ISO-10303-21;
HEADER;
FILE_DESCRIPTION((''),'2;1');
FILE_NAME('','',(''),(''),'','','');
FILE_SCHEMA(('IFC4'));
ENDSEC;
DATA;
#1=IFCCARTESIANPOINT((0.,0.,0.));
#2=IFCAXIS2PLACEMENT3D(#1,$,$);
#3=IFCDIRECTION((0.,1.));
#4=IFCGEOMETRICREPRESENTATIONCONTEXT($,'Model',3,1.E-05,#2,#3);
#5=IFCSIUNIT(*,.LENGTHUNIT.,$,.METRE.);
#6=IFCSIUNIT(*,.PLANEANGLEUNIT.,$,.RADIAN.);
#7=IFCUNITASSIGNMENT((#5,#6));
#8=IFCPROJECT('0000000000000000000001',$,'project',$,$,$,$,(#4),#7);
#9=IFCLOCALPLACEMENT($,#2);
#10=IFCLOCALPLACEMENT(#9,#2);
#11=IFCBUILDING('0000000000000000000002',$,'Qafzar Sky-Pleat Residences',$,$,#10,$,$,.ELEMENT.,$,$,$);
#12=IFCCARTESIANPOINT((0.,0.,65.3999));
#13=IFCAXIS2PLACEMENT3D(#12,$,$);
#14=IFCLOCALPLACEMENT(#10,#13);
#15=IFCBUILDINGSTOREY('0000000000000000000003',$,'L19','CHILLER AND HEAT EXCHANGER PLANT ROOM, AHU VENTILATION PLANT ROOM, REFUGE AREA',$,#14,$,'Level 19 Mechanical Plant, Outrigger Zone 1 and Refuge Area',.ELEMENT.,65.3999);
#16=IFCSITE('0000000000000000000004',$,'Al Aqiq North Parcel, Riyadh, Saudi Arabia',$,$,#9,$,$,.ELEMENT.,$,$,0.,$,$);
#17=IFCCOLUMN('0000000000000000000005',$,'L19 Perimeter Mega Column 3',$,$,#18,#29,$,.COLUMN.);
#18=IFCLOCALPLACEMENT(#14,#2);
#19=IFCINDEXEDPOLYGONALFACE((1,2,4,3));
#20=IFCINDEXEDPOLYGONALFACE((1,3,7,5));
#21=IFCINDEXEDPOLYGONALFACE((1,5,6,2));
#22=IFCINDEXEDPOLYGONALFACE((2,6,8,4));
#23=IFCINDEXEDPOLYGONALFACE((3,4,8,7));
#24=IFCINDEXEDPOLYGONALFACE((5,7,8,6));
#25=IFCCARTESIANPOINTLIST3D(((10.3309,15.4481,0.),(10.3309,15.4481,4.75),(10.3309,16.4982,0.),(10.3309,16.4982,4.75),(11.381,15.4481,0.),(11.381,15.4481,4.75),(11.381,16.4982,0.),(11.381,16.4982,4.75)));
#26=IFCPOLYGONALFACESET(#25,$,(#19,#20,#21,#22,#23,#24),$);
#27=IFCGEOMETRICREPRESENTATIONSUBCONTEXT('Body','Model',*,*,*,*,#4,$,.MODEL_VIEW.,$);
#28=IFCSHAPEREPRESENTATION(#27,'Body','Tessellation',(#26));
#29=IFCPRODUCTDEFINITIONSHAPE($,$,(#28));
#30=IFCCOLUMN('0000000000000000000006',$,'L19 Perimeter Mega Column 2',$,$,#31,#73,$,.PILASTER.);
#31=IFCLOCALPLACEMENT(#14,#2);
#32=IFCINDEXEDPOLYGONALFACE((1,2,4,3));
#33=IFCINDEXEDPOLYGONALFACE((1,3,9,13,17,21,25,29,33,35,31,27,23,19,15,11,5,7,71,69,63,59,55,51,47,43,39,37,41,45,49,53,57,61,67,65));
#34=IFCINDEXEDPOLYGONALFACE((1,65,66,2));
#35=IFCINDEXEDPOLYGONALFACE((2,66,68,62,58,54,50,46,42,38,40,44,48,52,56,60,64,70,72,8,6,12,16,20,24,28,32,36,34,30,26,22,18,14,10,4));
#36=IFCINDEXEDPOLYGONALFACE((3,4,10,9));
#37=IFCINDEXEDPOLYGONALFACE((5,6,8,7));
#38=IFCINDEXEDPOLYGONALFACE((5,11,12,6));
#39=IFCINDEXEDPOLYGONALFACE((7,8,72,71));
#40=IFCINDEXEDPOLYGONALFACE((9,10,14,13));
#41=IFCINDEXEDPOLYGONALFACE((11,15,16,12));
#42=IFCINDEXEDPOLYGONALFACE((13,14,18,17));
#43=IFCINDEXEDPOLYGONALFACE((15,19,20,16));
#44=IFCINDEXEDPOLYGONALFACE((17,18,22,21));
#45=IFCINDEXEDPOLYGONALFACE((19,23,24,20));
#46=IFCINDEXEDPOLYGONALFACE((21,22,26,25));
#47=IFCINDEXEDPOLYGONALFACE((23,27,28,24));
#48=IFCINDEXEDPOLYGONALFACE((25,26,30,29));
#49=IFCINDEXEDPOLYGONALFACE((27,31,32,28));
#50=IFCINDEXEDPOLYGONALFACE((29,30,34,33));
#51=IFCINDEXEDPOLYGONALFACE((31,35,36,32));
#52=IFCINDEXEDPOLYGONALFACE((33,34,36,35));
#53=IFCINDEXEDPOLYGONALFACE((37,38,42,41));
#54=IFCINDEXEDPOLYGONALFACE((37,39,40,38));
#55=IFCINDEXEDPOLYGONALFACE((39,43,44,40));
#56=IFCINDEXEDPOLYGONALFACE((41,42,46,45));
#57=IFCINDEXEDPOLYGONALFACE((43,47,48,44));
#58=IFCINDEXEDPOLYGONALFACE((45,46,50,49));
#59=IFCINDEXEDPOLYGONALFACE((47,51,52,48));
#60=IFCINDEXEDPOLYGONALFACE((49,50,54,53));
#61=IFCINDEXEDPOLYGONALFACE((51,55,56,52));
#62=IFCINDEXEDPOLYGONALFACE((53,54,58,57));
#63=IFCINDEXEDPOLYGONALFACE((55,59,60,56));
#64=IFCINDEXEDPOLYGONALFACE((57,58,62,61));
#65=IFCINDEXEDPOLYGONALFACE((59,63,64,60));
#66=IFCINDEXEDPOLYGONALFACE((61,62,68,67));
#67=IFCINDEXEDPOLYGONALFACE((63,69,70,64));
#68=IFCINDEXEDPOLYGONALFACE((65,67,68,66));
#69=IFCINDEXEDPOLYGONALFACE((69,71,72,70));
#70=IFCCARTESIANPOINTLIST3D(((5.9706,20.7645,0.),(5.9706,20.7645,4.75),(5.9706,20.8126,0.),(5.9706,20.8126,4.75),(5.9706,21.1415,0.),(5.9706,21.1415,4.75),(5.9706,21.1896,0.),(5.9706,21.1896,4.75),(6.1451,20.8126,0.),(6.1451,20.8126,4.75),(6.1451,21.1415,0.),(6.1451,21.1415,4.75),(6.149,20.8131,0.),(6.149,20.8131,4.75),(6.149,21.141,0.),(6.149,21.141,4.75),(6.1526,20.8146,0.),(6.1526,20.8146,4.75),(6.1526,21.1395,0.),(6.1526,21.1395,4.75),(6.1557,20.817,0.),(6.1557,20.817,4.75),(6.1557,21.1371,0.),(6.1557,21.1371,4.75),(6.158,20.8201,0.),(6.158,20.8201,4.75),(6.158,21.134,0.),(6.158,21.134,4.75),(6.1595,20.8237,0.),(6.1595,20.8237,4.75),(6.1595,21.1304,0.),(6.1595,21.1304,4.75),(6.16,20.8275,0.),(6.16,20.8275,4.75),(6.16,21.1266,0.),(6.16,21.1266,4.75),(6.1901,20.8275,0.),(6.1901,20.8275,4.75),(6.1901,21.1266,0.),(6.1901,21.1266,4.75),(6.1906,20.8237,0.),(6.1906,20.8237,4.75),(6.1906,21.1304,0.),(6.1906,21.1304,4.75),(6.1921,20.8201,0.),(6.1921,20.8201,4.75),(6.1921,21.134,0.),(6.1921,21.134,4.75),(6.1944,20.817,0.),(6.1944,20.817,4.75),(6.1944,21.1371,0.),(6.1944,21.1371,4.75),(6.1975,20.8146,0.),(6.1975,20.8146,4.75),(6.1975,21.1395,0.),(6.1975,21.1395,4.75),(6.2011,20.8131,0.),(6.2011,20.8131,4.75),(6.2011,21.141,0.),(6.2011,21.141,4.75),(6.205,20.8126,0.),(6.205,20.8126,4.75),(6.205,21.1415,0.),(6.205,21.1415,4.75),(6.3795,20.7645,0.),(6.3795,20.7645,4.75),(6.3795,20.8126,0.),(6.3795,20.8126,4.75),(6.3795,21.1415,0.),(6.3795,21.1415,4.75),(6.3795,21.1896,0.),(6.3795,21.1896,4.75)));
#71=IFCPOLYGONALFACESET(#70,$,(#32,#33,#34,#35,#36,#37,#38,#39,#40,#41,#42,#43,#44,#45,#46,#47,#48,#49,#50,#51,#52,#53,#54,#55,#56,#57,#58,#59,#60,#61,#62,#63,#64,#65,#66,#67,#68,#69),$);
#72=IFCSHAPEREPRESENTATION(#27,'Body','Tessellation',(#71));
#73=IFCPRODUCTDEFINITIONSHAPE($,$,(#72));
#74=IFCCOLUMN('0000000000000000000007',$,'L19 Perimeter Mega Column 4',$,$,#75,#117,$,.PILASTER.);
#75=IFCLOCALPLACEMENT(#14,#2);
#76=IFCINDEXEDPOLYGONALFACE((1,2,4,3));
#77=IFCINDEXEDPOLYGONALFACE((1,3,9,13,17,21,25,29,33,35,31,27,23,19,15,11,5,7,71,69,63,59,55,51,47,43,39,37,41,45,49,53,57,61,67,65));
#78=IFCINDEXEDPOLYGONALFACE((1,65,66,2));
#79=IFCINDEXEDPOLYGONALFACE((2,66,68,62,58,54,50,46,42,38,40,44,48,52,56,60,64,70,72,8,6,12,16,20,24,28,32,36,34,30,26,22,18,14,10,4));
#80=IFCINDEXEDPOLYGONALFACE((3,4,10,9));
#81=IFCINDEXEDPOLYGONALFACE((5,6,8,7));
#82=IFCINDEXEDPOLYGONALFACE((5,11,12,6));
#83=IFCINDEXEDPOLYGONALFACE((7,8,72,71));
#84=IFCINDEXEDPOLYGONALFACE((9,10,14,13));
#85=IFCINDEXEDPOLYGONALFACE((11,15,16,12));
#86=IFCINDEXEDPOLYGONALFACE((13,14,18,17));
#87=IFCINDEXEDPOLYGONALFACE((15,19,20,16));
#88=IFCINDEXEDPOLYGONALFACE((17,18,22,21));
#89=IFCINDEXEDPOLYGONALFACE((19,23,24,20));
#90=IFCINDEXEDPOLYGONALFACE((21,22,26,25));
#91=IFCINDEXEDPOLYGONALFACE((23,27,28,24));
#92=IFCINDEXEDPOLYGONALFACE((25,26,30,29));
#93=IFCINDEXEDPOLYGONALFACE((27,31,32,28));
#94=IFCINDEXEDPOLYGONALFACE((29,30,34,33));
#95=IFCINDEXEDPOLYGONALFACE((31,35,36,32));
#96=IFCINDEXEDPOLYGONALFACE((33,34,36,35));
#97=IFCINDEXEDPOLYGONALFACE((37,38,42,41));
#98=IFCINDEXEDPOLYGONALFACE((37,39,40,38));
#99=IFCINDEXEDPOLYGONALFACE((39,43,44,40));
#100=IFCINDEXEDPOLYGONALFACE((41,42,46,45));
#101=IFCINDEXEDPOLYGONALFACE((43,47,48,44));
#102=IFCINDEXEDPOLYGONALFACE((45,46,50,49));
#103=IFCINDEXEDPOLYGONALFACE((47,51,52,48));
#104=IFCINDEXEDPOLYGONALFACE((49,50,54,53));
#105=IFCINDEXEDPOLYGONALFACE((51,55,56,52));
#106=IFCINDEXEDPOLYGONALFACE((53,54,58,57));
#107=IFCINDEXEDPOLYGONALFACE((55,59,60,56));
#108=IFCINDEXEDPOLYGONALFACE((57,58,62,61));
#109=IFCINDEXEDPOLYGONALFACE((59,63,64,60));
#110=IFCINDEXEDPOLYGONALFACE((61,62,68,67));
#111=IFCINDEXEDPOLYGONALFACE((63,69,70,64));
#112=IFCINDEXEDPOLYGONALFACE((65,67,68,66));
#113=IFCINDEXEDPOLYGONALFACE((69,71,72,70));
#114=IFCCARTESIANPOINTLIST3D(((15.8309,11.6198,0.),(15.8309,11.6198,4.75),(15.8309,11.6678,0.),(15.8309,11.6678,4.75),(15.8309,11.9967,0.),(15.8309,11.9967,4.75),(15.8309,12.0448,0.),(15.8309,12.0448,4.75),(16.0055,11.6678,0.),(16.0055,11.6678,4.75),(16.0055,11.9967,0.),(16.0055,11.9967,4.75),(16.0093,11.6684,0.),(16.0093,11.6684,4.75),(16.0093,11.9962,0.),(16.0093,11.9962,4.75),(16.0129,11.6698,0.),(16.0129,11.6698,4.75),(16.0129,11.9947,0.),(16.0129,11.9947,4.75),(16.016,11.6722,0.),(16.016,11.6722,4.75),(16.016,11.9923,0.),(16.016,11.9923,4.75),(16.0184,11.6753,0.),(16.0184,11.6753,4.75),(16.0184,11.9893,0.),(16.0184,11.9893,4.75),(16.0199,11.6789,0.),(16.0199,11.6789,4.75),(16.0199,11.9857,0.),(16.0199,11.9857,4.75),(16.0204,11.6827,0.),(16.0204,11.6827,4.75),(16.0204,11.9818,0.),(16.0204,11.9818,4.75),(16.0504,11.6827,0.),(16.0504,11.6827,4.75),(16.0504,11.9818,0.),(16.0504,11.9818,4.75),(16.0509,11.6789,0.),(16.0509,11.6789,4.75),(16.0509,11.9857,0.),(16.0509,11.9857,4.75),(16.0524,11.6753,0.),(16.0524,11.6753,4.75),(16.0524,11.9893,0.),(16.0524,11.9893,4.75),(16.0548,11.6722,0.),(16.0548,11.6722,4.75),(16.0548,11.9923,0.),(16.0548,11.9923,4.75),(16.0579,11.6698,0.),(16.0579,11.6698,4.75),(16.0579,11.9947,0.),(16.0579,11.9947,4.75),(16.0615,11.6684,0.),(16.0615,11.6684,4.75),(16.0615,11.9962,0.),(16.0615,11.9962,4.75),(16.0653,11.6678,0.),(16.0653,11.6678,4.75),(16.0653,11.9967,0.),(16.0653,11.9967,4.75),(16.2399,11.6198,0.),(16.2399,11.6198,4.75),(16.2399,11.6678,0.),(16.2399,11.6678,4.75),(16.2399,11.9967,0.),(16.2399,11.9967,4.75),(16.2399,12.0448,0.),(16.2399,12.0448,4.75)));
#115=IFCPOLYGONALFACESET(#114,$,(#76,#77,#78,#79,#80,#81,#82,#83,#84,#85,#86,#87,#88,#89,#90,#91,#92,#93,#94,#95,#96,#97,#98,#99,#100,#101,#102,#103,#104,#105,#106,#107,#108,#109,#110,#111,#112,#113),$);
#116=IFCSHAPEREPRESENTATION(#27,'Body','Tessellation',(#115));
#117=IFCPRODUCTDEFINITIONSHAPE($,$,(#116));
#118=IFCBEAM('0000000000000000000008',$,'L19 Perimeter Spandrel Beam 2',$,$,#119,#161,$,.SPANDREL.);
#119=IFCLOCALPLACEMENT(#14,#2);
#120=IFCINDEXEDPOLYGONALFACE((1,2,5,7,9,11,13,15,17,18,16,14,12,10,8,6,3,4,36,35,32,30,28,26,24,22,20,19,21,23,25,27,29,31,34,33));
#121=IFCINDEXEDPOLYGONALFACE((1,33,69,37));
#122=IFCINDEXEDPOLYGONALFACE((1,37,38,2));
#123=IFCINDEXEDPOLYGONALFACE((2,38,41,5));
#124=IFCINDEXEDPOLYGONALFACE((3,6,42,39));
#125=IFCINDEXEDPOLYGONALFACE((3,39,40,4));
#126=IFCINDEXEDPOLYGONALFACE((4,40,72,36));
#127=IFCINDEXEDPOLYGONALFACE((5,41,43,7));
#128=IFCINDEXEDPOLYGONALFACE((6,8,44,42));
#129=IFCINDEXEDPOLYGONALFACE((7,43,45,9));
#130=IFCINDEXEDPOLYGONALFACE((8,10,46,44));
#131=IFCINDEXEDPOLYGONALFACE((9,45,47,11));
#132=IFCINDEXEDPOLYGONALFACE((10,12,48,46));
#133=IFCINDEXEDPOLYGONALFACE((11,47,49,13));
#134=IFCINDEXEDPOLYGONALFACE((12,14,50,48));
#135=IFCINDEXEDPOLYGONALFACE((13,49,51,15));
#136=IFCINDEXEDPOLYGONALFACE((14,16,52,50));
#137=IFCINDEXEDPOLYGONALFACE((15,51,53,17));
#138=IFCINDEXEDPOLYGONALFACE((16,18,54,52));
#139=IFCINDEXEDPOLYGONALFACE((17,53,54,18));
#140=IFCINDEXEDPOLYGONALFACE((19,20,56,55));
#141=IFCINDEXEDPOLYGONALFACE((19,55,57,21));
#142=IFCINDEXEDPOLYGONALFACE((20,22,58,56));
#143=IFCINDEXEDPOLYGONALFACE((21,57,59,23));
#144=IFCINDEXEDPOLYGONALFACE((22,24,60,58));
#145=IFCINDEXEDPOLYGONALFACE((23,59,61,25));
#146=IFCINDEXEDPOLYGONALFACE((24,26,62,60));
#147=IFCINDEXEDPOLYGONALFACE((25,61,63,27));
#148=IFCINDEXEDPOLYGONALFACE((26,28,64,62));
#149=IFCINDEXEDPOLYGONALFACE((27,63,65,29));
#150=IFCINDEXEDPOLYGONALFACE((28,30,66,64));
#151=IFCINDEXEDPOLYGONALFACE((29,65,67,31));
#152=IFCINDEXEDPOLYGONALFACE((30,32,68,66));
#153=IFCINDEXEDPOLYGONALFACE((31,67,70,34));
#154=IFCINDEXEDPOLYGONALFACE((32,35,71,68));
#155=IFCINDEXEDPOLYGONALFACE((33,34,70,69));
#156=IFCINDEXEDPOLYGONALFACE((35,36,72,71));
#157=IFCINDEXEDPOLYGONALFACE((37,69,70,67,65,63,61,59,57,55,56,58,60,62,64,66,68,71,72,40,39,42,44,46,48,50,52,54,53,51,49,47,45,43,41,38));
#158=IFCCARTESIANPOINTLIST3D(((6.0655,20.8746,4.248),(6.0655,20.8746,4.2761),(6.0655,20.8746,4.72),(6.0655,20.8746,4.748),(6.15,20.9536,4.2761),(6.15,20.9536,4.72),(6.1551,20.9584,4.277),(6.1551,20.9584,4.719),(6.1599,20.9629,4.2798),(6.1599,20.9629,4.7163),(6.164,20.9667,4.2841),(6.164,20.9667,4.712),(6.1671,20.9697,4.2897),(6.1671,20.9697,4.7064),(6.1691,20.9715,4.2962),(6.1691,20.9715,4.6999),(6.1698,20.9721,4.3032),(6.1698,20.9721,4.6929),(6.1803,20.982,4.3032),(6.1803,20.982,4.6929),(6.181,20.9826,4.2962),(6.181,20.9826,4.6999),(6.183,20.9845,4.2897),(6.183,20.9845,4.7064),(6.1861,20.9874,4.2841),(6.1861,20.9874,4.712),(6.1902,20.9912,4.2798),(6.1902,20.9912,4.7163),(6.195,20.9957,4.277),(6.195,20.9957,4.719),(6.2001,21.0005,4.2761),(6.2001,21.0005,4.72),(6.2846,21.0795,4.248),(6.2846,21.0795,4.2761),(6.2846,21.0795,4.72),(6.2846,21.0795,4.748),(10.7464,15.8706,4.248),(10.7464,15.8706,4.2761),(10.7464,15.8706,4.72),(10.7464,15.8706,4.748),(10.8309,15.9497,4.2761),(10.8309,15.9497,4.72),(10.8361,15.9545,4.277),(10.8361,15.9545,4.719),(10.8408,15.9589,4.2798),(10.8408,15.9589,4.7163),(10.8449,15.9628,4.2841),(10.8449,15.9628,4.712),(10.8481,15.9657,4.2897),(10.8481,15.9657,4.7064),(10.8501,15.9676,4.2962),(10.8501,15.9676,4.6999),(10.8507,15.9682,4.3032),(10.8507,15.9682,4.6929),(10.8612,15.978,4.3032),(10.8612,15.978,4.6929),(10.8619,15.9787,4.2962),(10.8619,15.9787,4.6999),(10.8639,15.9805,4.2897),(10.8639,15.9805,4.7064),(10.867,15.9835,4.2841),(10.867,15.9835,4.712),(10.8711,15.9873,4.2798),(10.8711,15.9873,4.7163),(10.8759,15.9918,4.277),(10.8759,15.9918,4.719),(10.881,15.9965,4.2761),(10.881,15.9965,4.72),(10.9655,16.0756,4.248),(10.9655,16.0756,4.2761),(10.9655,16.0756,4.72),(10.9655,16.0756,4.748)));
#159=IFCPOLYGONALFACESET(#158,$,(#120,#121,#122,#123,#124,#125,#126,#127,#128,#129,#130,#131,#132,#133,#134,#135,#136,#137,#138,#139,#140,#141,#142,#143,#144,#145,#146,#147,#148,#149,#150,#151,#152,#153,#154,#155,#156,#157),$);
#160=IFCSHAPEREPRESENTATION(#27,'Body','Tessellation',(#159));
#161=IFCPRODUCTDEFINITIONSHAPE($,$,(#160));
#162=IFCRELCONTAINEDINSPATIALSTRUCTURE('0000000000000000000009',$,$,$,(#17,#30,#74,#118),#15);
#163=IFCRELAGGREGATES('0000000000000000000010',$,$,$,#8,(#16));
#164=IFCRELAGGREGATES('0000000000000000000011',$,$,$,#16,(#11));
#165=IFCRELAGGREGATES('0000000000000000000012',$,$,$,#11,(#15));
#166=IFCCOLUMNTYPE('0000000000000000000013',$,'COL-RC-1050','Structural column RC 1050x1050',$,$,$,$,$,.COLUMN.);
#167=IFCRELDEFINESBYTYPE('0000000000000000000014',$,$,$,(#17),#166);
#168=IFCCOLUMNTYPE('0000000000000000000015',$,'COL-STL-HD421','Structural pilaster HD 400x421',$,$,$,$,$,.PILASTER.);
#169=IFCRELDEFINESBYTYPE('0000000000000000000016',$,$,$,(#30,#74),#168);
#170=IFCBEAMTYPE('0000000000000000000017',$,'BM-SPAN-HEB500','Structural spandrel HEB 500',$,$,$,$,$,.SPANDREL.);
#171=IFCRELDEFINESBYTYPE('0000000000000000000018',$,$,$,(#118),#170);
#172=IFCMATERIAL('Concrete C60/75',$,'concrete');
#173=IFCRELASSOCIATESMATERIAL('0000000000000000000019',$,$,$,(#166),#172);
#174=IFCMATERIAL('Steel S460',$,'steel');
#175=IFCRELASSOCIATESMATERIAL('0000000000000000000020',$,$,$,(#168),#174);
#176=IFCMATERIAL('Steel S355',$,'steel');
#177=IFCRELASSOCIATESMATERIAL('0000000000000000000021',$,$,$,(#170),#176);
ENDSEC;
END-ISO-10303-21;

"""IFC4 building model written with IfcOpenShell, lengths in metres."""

from ifc_helpers import new_model, si_unit, direction, frame, origin, origin_2d, place, context, subcontext, project, spatial, rectangle, i_section, extrude, source, transform, mapped, material, material_profile, profile_set, type_object, element, save


model = new_model("IFC4")

# Units and contexts
model_context = context("Model", 3, precision=1e-05, world=origin(), true_north=direction((0.0, 1.0)))
body_context = subcontext(model_context, "Body", "Model", "MODEL_VIEW")
ifc_project = project(units=[si_unit("LENGTHUNIT", "METRE"), si_unit("PLANEANGLEUNIT", "RADIAN")], contexts=[model_context])

# Site, building, storey
site_placement = place(None, origin())
site = spatial("IfcSite", under=ifc_project, at=site_placement, Name="Al Aqiq North Parcel, Riyadh, Saudi Arabia", CompositionType="ELEMENT", RefElevation=0.0)
building_placement = place(site_placement, origin())
building = spatial("IfcBuilding", under=site, at=building_placement, Name="Qafzar Sky-Pleat Residences", CompositionType="ELEMENT")
storey_placement = place(building_placement, frame((0.0, 0.0, 65.3999)))
storey = spatial("IfcBuildingStorey", under=building, at=storey_placement, Name="L19", Description="CHILLER AND HEAT EXCHANGER PLANT ROOM, AHU VENTILATION PLANT ROOM, REFUGE AREA", LongName="Level 19 Mechanical Plant, Outrigger Zone 1 and Refuge Area", CompositionType="ELEMENT", Elevation=65.3999)

# Columns
ifc_material_1 = material(Name="Concrete C60/75", Category="concrete")
ifc_material_profile_1 = material_profile(ifc_material_1, rectangle(XDim=1.05, YDim=1.05, at=origin_2d()), Name="RC 1050x1050")
ifc_profile_set_1 = profile_set([ifc_material_profile_1], Name="Concrete C60/75")
column_type_1 = type_object("IfcColumnType", Name="COL-RC-1050", Description="Structural column RC 1050x1050", PredefinedType="COLUMN", material=ifc_profile_set_1)
shared_shape_1 = source(origin(), body_context, "Body", "SweptSolid", [
    extrude(rectangle(XDim=1.05, YDim=1.05, at=origin_2d()), origin(), (0.0, 0.0, 1.0), 4.75),
])
column_placement = place(storey_placement, frame((10.856, 15.9731, 0.0), z_axis=(0.0, 0.0, 1.0), x_axis=(1.0, 0.0, 0.0)))
element("IfcColumn", 1, at=column_placement, inside=storey, type_object=column_type_1, Name="L19 Perimeter Mega Column 3", PredefinedType="COLUMN", context=body_context, shape_type="MappedRepresentation", body=[
    mapped(shared_shape_1, transform((0.0, 0.0, 0.0), x_axis=(1.0, 0.0, 0.0), y_axis=(0.0, 1.0, 0.0), z_axis=(0.0, 0.0, 1.0), scale=1.0)),
])
ifc_material_2 = material(Name="Steel S460", Category="steel")
ifc_material_profile_2 = material_profile(ifc_material_2, i_section(OverallWidth=0.4089, OverallDepth=0.425, WebThickness=0.03, FlangeThickness=0.0481, FilletRadius=0.0149, at=origin_2d()), Name="HD 400x421")
ifc_profile_set_2 = profile_set([ifc_material_profile_2], Name="Steel S460")
column_type_2 = type_object("IfcColumnType", Name="COL-STL-HD421", Description="Structural pilaster HD 400x421", PredefinedType="PILASTER", material=ifc_profile_set_2)
shared_shape_2 = source(origin(), body_context, "Body", "SweptSolid", [
    extrude(i_section(OverallWidth=0.4089, OverallDepth=0.425, WebThickness=0.03, FlangeThickness=0.0481, FilletRadius=0.0149, at=origin_2d()), origin(), (0.0, 0.0, 1.0), 4.75),
])
for number, where, z_axis, x_axis, name in (
    (2, (6.175, 20.9771, 0.0), (0.0, 0.0, 1.0), (1.0, 0.0, 0.0), "L19 Perimeter Mega Column 2"),
    (3, (16.0354, 11.8323, 0.0), (0.0, 0.0, 1.0), (1.0, 0.0, 0.0), "L19 Perimeter Mega Column 4"),
):
    element("IfcColumn", number, at=place(storey_placement, frame(where, z_axis=z_axis, x_axis=x_axis)), inside=storey, type_object=column_type_2, Name=name, PredefinedType="PILASTER", context=body_context, shape_type="MappedRepresentation", body=[
        mapped(shared_shape_2, transform((0.0, 0.0, 0.0), x_axis=(1.0, 0.0, 0.0), y_axis=(0.0, 1.0, 0.0), z_axis=(0.0, 0.0, 1.0), scale=1.0)),
    ])

# Beam
ifc_material_3 = material(Name="Steel S355", Category="steel")
ifc_material_profile_3 = material_profile(ifc_material_3, i_section(OverallWidth=0.3, OverallDepth=0.5, WebThickness=0.0144, FlangeThickness=0.0281, FilletRadius=0.0271, at=origin_2d()), Name="HEB 500")
ifc_profile_set_3 = profile_set([ifc_material_profile_3], Name="Steel S355")
beam_type_1 = type_object("IfcBeamType", Name="BM-SPAN-HEB500", Description="Structural spandrel HEB 500", PredefinedType="SPANDREL", material=ifc_profile_set_3)
shared_shape_3 = source(origin(), body_context, "Body", "SweptSolid", [
    extrude(i_section(OverallWidth=0.3, OverallDepth=0.5, WebThickness=0.0144, FlangeThickness=0.0281, FilletRadius=0.0271, at=origin_2d()), origin(), (0.0, 0.0, 1.0), 6.8521),
])
beam_1_placement = place(storey_placement, frame((6.175, 20.9771, 4.498), z_axis=(0.683144, -0.730283, 0.0), x_axis=(0.730283, 0.683144, 0.0)))
element("IfcBeam", 4, at=beam_1_placement, inside=storey, type_object=beam_type_1, Name="L19 Perimeter Spandrel Beam 2", PredefinedType="SPANDREL", context=body_context, shape_type="MappedRepresentation", body=[
    mapped(shared_shape_3, transform((0.0, 0.0, 0.0), x_axis=(1.0, 0.0, 0.0), y_axis=(0.0, 1.0, 0.0), z_axis=(0.0, 0.0, 1.0), scale=1.0)),
])

save(model, "model.ifc")
